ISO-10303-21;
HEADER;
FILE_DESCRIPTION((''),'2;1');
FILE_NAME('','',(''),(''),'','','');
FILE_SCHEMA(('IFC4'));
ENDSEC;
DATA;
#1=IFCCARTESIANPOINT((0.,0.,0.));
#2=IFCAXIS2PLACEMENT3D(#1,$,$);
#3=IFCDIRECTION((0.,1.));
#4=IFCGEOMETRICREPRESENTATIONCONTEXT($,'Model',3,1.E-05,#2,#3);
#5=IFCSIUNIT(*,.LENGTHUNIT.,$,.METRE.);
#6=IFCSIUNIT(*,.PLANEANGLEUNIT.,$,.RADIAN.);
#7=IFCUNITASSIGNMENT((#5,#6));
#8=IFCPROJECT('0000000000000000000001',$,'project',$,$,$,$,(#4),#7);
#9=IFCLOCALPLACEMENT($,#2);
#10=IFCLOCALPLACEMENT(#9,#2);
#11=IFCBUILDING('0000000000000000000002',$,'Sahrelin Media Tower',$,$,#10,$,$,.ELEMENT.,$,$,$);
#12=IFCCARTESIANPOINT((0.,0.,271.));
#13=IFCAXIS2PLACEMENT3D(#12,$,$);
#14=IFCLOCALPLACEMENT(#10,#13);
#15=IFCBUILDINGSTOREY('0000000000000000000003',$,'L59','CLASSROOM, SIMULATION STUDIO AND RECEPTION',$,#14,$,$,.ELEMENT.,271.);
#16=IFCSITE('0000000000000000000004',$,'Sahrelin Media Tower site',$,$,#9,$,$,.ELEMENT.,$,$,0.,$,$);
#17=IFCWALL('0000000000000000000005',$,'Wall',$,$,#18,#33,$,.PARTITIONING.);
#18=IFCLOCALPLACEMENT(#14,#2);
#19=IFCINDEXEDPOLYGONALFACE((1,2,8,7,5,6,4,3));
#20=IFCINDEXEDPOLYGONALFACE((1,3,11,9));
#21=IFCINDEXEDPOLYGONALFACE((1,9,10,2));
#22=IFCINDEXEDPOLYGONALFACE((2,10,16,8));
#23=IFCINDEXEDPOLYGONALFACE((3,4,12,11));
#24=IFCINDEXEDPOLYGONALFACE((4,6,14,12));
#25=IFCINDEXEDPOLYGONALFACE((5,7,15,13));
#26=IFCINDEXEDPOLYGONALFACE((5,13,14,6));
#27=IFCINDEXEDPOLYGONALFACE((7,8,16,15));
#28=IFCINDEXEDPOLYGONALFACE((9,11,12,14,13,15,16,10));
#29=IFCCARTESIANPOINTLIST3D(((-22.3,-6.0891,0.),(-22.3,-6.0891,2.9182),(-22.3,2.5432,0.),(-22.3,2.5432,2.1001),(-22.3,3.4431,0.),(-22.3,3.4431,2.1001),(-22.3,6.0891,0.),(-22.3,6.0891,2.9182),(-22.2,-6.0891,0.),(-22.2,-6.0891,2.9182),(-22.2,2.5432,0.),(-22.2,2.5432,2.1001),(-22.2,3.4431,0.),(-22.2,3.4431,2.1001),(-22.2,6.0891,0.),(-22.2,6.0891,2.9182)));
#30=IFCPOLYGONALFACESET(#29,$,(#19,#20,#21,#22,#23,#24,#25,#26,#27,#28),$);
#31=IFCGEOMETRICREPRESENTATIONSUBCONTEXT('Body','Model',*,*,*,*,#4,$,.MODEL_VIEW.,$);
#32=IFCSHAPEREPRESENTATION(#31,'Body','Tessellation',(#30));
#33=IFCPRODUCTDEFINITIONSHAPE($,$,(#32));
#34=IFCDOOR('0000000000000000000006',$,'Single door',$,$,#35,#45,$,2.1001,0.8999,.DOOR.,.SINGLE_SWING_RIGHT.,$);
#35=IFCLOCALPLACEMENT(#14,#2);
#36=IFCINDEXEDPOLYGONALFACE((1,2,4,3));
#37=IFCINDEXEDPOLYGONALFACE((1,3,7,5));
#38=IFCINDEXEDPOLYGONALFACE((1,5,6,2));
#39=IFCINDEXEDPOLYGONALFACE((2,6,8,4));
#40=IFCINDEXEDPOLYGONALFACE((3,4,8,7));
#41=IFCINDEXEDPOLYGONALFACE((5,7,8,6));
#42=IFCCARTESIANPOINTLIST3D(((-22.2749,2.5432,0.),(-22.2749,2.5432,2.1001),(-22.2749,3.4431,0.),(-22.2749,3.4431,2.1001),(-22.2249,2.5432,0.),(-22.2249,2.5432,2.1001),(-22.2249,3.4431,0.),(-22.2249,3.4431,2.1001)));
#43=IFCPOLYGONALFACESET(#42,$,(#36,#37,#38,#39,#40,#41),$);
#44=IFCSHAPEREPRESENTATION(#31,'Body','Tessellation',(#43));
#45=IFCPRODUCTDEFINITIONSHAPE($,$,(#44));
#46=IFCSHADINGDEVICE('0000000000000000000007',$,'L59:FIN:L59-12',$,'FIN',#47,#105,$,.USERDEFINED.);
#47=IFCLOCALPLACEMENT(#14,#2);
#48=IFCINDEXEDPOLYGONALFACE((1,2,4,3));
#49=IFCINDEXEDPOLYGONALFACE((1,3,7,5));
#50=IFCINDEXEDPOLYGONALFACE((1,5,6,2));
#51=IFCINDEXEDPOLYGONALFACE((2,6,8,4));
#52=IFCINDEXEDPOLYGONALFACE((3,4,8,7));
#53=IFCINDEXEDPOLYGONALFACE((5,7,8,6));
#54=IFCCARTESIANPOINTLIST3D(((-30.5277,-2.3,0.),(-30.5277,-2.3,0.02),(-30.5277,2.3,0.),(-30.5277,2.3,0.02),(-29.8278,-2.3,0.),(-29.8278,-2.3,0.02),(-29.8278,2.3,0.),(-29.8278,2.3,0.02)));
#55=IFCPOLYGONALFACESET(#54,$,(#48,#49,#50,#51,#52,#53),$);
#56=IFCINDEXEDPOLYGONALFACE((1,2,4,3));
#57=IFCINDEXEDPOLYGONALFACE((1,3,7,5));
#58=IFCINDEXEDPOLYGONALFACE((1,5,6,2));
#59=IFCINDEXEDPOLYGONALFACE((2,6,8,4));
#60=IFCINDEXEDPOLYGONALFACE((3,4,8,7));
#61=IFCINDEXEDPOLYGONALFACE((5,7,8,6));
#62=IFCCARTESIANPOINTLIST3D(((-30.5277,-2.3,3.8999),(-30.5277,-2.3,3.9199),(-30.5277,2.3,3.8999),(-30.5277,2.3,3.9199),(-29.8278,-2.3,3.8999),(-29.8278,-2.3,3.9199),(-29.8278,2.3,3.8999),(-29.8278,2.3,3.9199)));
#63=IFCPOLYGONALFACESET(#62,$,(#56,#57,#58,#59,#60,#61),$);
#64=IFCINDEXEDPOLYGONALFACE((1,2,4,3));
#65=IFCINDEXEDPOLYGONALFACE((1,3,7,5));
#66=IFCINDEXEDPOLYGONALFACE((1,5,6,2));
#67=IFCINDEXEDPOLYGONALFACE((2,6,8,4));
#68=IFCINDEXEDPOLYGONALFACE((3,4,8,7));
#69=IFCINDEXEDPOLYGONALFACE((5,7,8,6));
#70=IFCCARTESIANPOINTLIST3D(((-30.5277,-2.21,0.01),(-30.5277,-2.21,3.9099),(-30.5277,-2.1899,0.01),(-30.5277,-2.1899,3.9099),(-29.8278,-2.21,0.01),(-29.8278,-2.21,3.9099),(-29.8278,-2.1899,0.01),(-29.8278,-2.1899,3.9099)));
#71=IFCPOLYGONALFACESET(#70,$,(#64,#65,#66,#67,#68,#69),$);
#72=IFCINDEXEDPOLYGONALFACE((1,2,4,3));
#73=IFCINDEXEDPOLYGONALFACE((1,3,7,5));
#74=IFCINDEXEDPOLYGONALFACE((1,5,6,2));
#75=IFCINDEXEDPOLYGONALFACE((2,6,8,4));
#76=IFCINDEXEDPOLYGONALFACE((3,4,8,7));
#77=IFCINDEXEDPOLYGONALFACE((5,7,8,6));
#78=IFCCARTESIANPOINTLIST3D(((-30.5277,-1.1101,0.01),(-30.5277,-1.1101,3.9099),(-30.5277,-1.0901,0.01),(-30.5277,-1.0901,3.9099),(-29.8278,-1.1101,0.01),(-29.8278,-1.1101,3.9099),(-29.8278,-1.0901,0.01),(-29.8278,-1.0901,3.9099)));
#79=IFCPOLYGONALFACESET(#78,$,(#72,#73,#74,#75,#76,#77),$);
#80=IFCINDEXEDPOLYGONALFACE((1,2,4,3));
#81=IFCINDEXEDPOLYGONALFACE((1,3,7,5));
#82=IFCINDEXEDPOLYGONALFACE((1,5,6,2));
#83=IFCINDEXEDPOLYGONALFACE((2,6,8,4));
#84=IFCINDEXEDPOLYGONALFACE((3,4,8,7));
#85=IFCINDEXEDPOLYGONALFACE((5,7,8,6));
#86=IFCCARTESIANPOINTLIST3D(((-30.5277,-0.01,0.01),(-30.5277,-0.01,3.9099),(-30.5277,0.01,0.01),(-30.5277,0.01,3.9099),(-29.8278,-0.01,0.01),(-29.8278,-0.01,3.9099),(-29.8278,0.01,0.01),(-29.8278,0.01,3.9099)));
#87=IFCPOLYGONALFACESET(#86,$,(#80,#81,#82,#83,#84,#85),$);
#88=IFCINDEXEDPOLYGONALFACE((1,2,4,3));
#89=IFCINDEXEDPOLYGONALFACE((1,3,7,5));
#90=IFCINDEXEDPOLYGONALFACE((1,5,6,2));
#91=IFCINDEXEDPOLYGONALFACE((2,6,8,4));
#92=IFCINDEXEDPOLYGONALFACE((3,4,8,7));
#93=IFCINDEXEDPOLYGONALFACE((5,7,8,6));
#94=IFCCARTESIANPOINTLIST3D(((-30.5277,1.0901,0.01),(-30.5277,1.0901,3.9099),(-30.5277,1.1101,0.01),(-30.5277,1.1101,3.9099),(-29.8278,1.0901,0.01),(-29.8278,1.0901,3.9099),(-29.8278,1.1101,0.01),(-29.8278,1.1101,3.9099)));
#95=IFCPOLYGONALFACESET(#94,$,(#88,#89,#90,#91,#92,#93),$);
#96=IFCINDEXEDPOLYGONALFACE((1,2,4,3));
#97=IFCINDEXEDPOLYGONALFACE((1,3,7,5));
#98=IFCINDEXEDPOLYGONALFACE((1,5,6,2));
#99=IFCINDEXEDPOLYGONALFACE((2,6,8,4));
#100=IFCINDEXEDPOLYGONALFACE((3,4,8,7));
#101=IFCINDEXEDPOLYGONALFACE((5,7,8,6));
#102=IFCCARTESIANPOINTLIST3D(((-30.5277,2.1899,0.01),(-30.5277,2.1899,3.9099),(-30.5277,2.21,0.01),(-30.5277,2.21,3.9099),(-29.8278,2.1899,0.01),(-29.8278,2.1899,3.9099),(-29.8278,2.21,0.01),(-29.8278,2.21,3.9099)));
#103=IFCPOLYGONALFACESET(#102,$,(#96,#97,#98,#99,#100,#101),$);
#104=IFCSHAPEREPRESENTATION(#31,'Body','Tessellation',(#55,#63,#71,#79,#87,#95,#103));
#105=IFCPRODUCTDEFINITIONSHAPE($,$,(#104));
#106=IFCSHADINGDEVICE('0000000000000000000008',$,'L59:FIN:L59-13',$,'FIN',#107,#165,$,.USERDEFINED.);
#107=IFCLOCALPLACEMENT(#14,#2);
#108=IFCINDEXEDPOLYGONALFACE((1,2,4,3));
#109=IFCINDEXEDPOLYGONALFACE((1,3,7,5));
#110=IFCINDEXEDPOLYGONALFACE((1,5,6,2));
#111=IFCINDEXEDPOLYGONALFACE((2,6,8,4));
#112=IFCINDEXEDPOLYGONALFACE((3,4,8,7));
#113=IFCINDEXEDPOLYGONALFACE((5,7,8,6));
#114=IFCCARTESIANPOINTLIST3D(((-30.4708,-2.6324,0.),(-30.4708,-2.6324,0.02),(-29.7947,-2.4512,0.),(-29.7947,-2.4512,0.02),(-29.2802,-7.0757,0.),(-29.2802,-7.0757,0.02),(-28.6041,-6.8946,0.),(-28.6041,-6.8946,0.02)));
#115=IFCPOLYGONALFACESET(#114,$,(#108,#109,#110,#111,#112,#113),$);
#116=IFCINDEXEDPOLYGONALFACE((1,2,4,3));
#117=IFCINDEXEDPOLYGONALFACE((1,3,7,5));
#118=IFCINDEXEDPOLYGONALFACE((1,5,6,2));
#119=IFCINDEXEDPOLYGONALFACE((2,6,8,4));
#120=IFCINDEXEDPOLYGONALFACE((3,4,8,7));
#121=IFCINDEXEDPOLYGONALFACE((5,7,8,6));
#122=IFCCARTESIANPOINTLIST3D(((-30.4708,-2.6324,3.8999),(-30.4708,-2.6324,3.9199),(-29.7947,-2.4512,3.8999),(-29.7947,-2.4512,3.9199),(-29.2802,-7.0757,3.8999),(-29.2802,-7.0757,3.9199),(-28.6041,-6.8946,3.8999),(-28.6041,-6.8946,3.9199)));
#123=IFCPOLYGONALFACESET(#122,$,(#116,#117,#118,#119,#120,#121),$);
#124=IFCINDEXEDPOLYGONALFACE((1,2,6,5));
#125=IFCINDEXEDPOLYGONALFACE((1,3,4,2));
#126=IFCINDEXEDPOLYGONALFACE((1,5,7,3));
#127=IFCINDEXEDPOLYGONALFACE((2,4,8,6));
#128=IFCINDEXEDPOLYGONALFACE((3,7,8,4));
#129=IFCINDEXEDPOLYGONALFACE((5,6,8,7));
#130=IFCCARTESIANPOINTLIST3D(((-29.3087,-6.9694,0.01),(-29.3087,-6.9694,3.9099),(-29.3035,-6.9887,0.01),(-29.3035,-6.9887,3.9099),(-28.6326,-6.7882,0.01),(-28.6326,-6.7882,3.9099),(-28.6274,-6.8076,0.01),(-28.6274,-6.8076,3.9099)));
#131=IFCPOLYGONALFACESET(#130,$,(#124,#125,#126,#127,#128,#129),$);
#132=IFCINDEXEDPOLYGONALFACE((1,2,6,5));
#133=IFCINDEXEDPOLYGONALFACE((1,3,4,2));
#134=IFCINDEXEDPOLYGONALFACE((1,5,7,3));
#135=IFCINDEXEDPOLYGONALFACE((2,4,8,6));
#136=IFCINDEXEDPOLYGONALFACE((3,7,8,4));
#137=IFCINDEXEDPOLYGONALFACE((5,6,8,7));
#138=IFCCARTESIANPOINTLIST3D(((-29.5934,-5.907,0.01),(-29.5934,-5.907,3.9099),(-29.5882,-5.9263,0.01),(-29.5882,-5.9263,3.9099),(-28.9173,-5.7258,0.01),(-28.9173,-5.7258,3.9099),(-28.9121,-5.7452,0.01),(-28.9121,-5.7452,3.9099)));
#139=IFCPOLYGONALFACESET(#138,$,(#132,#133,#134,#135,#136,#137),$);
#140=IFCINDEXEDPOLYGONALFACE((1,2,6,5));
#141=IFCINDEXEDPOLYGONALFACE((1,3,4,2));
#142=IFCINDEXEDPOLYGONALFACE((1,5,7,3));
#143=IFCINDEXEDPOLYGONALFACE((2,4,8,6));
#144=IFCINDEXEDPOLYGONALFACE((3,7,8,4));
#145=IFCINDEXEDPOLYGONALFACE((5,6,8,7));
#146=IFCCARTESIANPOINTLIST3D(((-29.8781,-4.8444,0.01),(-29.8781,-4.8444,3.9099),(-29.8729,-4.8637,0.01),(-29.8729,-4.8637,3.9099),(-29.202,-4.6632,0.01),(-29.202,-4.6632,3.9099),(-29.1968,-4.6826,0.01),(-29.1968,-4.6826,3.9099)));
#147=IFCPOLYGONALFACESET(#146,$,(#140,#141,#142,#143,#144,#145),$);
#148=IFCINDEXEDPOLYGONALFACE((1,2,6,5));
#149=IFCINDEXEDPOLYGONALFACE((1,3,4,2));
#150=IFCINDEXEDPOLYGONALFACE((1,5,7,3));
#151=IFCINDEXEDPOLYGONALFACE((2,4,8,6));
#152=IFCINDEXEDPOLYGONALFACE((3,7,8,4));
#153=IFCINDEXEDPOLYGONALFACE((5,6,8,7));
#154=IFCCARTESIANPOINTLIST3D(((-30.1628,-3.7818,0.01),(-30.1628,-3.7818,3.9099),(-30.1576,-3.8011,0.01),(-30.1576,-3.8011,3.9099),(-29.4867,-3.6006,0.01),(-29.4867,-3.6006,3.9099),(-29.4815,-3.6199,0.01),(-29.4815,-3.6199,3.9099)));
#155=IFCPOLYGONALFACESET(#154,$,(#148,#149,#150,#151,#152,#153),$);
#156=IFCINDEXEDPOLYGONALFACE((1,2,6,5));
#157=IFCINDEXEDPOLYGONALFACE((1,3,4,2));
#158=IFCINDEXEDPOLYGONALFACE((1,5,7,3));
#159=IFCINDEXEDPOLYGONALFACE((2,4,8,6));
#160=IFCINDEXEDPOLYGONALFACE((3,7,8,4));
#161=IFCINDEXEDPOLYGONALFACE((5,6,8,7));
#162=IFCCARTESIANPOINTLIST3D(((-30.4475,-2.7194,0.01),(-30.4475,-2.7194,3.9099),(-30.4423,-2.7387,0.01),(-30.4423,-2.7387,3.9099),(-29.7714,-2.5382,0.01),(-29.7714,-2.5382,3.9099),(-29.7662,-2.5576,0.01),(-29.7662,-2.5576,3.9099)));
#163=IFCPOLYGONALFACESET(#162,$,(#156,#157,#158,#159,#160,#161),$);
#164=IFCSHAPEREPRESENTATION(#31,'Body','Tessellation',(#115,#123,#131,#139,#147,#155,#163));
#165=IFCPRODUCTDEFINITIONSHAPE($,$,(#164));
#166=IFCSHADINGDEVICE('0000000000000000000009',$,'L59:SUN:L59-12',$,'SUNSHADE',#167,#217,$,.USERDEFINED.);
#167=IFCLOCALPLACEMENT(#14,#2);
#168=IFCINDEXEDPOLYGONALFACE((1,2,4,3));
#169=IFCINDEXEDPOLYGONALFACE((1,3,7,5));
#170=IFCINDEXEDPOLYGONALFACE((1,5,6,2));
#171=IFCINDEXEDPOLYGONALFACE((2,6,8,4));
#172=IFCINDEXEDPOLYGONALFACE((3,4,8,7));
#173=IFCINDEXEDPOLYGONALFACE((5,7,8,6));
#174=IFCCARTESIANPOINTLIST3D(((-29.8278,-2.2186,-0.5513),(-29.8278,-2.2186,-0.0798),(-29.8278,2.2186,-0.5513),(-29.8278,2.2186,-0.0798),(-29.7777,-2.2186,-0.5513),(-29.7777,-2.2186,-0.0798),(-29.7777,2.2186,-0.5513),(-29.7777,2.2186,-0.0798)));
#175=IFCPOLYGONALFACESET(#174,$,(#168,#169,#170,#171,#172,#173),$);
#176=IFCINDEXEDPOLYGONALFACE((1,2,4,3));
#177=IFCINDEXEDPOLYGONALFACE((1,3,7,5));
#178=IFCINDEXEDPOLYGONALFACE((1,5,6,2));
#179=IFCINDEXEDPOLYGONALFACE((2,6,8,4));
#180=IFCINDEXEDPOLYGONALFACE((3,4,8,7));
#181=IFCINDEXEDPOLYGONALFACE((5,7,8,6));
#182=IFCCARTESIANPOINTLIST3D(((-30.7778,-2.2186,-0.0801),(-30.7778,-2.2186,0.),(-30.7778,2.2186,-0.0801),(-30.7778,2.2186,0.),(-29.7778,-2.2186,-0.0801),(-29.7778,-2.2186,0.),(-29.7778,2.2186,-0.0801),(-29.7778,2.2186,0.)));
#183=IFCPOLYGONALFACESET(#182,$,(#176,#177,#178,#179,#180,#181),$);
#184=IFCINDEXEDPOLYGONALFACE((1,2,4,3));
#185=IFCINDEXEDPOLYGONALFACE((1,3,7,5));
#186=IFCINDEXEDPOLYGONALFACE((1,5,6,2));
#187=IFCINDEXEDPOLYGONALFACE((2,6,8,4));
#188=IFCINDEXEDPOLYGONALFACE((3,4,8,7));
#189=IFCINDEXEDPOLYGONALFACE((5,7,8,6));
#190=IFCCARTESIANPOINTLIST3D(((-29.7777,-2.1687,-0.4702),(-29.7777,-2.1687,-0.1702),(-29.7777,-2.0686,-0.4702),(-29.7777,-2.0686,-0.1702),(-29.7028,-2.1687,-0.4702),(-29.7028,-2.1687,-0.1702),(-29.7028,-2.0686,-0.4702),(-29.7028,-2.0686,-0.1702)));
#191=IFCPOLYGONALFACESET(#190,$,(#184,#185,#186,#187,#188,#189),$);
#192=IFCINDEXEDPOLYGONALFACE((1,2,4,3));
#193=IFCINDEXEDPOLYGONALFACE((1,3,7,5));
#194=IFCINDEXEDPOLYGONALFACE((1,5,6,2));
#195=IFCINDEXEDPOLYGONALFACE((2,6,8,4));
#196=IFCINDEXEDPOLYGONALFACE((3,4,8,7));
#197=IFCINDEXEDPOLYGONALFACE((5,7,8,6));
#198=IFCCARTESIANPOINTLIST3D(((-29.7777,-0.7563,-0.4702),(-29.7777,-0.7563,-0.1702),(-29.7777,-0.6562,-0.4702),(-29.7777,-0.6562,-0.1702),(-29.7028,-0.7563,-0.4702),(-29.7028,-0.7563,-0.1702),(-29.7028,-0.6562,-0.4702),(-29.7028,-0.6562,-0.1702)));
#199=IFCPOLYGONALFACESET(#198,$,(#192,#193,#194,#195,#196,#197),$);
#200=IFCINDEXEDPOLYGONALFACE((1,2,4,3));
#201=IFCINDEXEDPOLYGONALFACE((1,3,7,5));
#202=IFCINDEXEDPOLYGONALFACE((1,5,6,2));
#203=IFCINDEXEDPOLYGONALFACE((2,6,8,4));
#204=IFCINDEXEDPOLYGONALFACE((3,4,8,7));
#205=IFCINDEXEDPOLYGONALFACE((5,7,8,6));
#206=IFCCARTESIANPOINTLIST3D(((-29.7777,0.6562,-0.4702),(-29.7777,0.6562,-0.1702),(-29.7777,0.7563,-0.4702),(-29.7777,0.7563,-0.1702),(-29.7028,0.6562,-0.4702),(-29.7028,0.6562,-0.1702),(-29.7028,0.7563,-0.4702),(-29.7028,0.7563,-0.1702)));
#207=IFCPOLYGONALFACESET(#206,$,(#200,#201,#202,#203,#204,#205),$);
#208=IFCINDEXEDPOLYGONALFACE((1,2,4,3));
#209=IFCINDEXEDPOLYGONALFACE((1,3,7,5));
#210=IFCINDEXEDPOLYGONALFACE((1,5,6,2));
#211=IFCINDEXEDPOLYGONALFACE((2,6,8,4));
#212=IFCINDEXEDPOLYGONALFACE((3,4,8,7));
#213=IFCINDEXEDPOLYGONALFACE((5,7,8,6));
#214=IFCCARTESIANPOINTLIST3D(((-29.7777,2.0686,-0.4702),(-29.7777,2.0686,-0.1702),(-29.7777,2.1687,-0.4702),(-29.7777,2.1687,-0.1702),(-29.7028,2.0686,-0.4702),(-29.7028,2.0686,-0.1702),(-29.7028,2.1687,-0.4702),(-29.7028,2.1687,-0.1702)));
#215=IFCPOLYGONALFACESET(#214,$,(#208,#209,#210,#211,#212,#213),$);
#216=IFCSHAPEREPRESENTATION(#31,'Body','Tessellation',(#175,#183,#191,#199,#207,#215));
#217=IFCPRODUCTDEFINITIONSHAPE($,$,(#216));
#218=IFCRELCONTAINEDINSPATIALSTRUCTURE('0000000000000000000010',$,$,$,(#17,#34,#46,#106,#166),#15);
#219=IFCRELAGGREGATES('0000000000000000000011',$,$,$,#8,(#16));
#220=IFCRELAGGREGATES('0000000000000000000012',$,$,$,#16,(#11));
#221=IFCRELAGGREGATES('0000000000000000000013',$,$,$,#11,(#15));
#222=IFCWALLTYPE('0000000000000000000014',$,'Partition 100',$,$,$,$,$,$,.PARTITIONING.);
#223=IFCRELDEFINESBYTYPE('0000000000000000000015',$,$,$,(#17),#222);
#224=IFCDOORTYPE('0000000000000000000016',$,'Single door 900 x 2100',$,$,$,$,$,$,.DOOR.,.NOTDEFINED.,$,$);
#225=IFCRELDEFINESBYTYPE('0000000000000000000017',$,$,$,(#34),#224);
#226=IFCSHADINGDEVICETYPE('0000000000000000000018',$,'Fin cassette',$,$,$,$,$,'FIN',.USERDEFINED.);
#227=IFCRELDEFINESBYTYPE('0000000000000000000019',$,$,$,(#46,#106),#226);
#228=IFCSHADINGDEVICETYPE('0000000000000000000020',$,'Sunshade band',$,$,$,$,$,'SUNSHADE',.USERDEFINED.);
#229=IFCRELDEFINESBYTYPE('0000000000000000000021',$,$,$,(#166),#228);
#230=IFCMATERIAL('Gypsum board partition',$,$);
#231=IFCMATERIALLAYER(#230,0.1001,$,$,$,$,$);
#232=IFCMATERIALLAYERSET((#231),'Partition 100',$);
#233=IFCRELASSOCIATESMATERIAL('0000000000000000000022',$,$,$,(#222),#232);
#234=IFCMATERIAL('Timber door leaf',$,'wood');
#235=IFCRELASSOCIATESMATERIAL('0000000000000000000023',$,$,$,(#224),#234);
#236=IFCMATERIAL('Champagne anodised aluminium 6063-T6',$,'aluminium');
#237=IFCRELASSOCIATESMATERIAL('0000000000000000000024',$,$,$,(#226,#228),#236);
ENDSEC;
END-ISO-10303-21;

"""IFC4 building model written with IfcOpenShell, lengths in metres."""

from ifc_helpers import new_model, si_unit, direction, frame, frame_2d, origin, origin_2d, place, context, subcontext, project, spatial, rectangle, extrude, material, layer, layer_set, type_object, element, fill, save


model = new_model("IFC4")

# Units and contexts
model_context = context("Model", 3, precision=1e-05, world=origin(), true_north=direction((0.0, 1.0)))
body_context = subcontext(model_context, "Body", "Model", "MODEL_VIEW")
ifc_project = project(units=[si_unit("LENGTHUNIT", "METRE"), si_unit("PLANEANGLEUNIT", "RADIAN")], contexts=[model_context])

# Site, building, storey
site_placement = place(None, origin())
site = spatial("IfcSite", under=ifc_project, at=site_placement, Name="Sahrelin Media Tower site", CompositionType="ELEMENT", RefElevation=0.0)
building_placement = place(site_placement, origin())
building = spatial("IfcBuilding", under=site, at=building_placement, Name="Sahrelin Media Tower", CompositionType="ELEMENT")
storey_placement = place(building_placement, frame((0.0, 0.0, 271.0)))
storey = spatial("IfcBuildingStorey", under=building, at=storey_placement, Name="L59", Description="CLASSROOM, SIMULATION STUDIO AND RECEPTION", CompositionType="ELEMENT", Elevation=271.0)

# Shared definitions
ifc_material_1 = material(Name="Champagne anodised aluminium 6063-T6", Category="aluminium")

# Wall, opening, door
ifc_material_2 = material(Name="Gypsum board partition")
ifc_layer_1 = layer(ifc_material_2, 0.1001)
ifc_layer_set_1 = layer_set([ifc_layer_1], Name="Partition 100")
wall_type_1 = type_object("IfcWallType", Name="Partition 100", PredefinedType="PARTITIONING", material=ifc_layer_set_1)
ifc_material_3 = material(Name="Timber door leaf", Category="wood")
door_type_1 = type_object("IfcDoorType", Name="Single door 900 x 2100", OperationType="NOTDEFINED", PredefinedType="DOOR", material=ifc_material_3)
wall_1_placement = place(storey_placement, frame((-22.25, -6.0891, 0.0), z_axis=(0.0, 0.0, 1.0), x_axis=(0.0, 1.0, 0.0)))
wall_1 = element("IfcWall", 1, at=wall_1_placement, inside=storey, type_object=wall_type_1, Name="Wall", PredefinedType="PARTITIONING", context=body_context, shape_type="SweptSolid", body=[
    extrude(rectangle(XDim=12.1782, YDim=0.1001, at=frame_2d((6.0891, 0.0))), origin(), (0.0, 0.0, 1.0), 2.9182),
])
opening_1_placement = place(wall_1_placement, frame((8.6323, 0.0, 0.0)))
opening_1 = element("IfcOpeningElement", 2, at=opening_1_placement, cuts=wall_1, PredefinedType="OPENING", context=body_context, shape_type="SweptSolid", body=[
    extrude(rectangle(XDim=0.8999, YDim=2.1001, at=frame_2d((0.45, 1.05))), frame((0.0, 0.05, 0.0), z_axis=(0.0, -1.0, 0.0), x_axis=(1.0, 0.0, 0.0)), (0.0, 0.0, 1.0), 0.1001),
])
door_1_placement = place(opening_1_placement, origin())
door_1 = element("IfcDoor", 3, at=door_1_placement, inside=storey, type_object=door_type_1, Name="Single door", OperationType="SINGLE_SWING_RIGHT", OverallHeight=2.1001, OverallWidth=0.8999, PredefinedType="DOOR", context=body_context, shape_type="SweptSolid", body=[
    extrude(rectangle(XDim=0.8999, YDim=2.1001, at=frame_2d((0.45, 1.05))), frame((0.0, 0.0249, 0.0), z_axis=(0.0, -1.0, 0.0), x_axis=(1.0, 0.0, 0.0)), (0.0, 0.0, 1.0), 0.05),
])
fill(opening_1, door_1)

# Shading devices
shading_device_type_1 = type_object("IfcShadingDeviceType", Name="Fin cassette", ElementType="FIN", PredefinedType="USERDEFINED", material=ifc_material_1)
placement_1 = place(storey_placement, frame((-29.7578, 0.0, 0.0), z_axis=(0.0, 0.0, 1.0), x_axis=(0.0, 1.0, 0.0)))
element("IfcShadingDevice", 4, at=placement_1, inside=storey, type_object=shading_device_type_1, Name="L59:FIN:L59-12", ObjectType="FIN", PredefinedType="USERDEFINED", context=body_context, shape_type="SweptSolid", body=[
    extrude(rectangle(XDim=4.6001, YDim=0.7, at=origin_2d()), frame((0.0, 0.4199, 0.0)), (0.0, 0.0, 1.0), 0.02),
    extrude(rectangle(XDim=4.6001, YDim=0.7, at=origin_2d()), frame((0.0, 0.4199, 3.8999)), (0.0, 0.0, 1.0), 0.02),
    extrude(rectangle(XDim=0.02, YDim=0.7, at=origin_2d()), frame((-2.2, 0.4199, 0.01), z_axis=(0.0, 0.0, 1.0), x_axis=(1.0, 0.0, 0.0)), (0.0, 0.0, 1.0), 3.8999),
    extrude(rectangle(XDim=0.02, YDim=0.7, at=origin_2d()), frame((-1.1001, 0.4199, 0.01), z_axis=(0.0, 0.0, 1.0), x_axis=(1.0, 0.0, 0.0)), (0.0, 0.0, 1.0), 3.8999),
    extrude(rectangle(XDim=0.02, YDim=0.7, at=origin_2d()), frame((0.0, 0.4199, 0.01), z_axis=(0.0, 0.0, 1.0), x_axis=(1.0, 0.0, 0.0)), (0.0, 0.0, 1.0), 3.8999),
    extrude(rectangle(XDim=0.02, YDim=0.7, at=origin_2d()), frame((1.1001, 0.4199, 0.01), z_axis=(0.0, 0.0, 1.0), x_axis=(1.0, 0.0, 0.0)), (0.0, 0.0, 1.0), 3.8999),
    extrude(rectangle(XDim=0.02, YDim=0.7, at=origin_2d()), frame((2.2, 0.4199, 0.01), z_axis=(0.0, 0.0, 1.0), x_axis=(1.0, 0.0, 0.0)), (0.0, 0.0, 1.0), 3.8999),
])
placement_2 = place(storey_placement, frame((-29.1318, -4.6548, 0.0), z_axis=(0.0, 0.0, 1.0), x_axis=(-0.258808, 0.965929, 0.0)))
element("IfcShadingDevice", 5, at=placement_2, inside=storey, type_object=shading_device_type_1, Name="L59:FIN:L59-13", ObjectType="FIN", PredefinedType="USERDEFINED", context=body_context, shape_type="SweptSolid", body=[
    extrude(rectangle(XDim=4.6001, YDim=0.7, at=origin_2d()), frame((0.0, 0.4199, 0.0)), (0.0, 0.0, 1.0), 0.02),
    extrude(rectangle(XDim=4.6001, YDim=0.7, at=origin_2d()), frame((0.0, 0.4199, 3.8999)), (0.0, 0.0, 1.0), 0.02),
    extrude(rectangle(XDim=0.02, YDim=0.7, at=origin_2d()), frame((-2.2, 0.4199, 0.01), z_axis=(0.0, 0.0, 1.0), x_axis=(1.0, 0.0, 0.0)), (0.0, 0.0, 1.0), 3.8999),
    extrude(rectangle(XDim=0.02, YDim=0.7, at=origin_2d()), frame((-1.1001, 0.4199, 0.01), z_axis=(0.0, 0.0, 1.0), x_axis=(1.0, 0.0, 0.0)), (0.0, 0.0, 1.0), 3.8999),
    extrude(rectangle(XDim=0.02, YDim=0.7, at=origin_2d()), frame((0.0, 0.4199, 0.01), z_axis=(0.0, 0.0, 1.0), x_axis=(1.0, 0.0, 0.0)), (0.0, 0.0, 1.0), 3.8999),
    extrude(rectangle(XDim=0.02, YDim=0.7, at=origin_2d()), frame((1.1001, 0.4199, 0.01), z_axis=(0.0, 0.0, 1.0), x_axis=(1.0, 0.0, 0.0)), (0.0, 0.0, 1.0), 3.8999),
    extrude(rectangle(XDim=0.02, YDim=0.7, at=origin_2d()), frame((2.2, 0.4199, 0.01), z_axis=(0.0, 0.0, 1.0), x_axis=(1.0, 0.0, 0.0)), (0.0, 0.0, 1.0), 3.8999),
])
shading_device_type_2 = type_object("IfcShadingDeviceType", Name="Sunshade band", ElementType="SUNSHADE", PredefinedType="USERDEFINED", material=ifc_material_1)
element("IfcShadingDevice", 6, at=placement_1, inside=storey, type_object=shading_device_type_2, Name="L59:SUN:L59-12", ObjectType="SUNSHADE", PredefinedType="USERDEFINED", context=body_context, shape_type="SweptSolid", body=[
    extrude(rectangle(XDim=4.4373, YDim=0.05, at=origin_2d()), frame((0.0, 0.0449, -0.5513)), (0.0, 0.0, 1.0), 0.4714),
    extrude(rectangle(XDim=4.4373, YDim=1.0, at=origin_2d()), frame((0.0, 0.52, -0.0801)), (0.0, 0.0, 1.0), 0.0801),
    extrude(rectangle(XDim=0.1001, YDim=0.075, at=origin_2d()), frame((-2.1187, -0.0176, -0.4702)), (0.0, 0.0, 1.0), 0.3),
    extrude(rectangle(XDim=0.1001, YDim=0.075, at=origin_2d()), frame((-0.7063, -0.0176, -0.4702)), (0.0, 0.0, 1.0), 0.3),
    extrude(rectangle(XDim=0.1001, YDim=0.075, at=origin_2d()), frame((0.7063, -0.0176, -0.4702)), (0.0, 0.0, 1.0), 0.3),
    extrude(rectangle(XDim=0.1001, YDim=0.075, at=origin_2d()), frame((2.1187, -0.0176, -0.4702)), (0.0, 0.0, 1.0), 0.3),
])

save(model, "model.ifc")
